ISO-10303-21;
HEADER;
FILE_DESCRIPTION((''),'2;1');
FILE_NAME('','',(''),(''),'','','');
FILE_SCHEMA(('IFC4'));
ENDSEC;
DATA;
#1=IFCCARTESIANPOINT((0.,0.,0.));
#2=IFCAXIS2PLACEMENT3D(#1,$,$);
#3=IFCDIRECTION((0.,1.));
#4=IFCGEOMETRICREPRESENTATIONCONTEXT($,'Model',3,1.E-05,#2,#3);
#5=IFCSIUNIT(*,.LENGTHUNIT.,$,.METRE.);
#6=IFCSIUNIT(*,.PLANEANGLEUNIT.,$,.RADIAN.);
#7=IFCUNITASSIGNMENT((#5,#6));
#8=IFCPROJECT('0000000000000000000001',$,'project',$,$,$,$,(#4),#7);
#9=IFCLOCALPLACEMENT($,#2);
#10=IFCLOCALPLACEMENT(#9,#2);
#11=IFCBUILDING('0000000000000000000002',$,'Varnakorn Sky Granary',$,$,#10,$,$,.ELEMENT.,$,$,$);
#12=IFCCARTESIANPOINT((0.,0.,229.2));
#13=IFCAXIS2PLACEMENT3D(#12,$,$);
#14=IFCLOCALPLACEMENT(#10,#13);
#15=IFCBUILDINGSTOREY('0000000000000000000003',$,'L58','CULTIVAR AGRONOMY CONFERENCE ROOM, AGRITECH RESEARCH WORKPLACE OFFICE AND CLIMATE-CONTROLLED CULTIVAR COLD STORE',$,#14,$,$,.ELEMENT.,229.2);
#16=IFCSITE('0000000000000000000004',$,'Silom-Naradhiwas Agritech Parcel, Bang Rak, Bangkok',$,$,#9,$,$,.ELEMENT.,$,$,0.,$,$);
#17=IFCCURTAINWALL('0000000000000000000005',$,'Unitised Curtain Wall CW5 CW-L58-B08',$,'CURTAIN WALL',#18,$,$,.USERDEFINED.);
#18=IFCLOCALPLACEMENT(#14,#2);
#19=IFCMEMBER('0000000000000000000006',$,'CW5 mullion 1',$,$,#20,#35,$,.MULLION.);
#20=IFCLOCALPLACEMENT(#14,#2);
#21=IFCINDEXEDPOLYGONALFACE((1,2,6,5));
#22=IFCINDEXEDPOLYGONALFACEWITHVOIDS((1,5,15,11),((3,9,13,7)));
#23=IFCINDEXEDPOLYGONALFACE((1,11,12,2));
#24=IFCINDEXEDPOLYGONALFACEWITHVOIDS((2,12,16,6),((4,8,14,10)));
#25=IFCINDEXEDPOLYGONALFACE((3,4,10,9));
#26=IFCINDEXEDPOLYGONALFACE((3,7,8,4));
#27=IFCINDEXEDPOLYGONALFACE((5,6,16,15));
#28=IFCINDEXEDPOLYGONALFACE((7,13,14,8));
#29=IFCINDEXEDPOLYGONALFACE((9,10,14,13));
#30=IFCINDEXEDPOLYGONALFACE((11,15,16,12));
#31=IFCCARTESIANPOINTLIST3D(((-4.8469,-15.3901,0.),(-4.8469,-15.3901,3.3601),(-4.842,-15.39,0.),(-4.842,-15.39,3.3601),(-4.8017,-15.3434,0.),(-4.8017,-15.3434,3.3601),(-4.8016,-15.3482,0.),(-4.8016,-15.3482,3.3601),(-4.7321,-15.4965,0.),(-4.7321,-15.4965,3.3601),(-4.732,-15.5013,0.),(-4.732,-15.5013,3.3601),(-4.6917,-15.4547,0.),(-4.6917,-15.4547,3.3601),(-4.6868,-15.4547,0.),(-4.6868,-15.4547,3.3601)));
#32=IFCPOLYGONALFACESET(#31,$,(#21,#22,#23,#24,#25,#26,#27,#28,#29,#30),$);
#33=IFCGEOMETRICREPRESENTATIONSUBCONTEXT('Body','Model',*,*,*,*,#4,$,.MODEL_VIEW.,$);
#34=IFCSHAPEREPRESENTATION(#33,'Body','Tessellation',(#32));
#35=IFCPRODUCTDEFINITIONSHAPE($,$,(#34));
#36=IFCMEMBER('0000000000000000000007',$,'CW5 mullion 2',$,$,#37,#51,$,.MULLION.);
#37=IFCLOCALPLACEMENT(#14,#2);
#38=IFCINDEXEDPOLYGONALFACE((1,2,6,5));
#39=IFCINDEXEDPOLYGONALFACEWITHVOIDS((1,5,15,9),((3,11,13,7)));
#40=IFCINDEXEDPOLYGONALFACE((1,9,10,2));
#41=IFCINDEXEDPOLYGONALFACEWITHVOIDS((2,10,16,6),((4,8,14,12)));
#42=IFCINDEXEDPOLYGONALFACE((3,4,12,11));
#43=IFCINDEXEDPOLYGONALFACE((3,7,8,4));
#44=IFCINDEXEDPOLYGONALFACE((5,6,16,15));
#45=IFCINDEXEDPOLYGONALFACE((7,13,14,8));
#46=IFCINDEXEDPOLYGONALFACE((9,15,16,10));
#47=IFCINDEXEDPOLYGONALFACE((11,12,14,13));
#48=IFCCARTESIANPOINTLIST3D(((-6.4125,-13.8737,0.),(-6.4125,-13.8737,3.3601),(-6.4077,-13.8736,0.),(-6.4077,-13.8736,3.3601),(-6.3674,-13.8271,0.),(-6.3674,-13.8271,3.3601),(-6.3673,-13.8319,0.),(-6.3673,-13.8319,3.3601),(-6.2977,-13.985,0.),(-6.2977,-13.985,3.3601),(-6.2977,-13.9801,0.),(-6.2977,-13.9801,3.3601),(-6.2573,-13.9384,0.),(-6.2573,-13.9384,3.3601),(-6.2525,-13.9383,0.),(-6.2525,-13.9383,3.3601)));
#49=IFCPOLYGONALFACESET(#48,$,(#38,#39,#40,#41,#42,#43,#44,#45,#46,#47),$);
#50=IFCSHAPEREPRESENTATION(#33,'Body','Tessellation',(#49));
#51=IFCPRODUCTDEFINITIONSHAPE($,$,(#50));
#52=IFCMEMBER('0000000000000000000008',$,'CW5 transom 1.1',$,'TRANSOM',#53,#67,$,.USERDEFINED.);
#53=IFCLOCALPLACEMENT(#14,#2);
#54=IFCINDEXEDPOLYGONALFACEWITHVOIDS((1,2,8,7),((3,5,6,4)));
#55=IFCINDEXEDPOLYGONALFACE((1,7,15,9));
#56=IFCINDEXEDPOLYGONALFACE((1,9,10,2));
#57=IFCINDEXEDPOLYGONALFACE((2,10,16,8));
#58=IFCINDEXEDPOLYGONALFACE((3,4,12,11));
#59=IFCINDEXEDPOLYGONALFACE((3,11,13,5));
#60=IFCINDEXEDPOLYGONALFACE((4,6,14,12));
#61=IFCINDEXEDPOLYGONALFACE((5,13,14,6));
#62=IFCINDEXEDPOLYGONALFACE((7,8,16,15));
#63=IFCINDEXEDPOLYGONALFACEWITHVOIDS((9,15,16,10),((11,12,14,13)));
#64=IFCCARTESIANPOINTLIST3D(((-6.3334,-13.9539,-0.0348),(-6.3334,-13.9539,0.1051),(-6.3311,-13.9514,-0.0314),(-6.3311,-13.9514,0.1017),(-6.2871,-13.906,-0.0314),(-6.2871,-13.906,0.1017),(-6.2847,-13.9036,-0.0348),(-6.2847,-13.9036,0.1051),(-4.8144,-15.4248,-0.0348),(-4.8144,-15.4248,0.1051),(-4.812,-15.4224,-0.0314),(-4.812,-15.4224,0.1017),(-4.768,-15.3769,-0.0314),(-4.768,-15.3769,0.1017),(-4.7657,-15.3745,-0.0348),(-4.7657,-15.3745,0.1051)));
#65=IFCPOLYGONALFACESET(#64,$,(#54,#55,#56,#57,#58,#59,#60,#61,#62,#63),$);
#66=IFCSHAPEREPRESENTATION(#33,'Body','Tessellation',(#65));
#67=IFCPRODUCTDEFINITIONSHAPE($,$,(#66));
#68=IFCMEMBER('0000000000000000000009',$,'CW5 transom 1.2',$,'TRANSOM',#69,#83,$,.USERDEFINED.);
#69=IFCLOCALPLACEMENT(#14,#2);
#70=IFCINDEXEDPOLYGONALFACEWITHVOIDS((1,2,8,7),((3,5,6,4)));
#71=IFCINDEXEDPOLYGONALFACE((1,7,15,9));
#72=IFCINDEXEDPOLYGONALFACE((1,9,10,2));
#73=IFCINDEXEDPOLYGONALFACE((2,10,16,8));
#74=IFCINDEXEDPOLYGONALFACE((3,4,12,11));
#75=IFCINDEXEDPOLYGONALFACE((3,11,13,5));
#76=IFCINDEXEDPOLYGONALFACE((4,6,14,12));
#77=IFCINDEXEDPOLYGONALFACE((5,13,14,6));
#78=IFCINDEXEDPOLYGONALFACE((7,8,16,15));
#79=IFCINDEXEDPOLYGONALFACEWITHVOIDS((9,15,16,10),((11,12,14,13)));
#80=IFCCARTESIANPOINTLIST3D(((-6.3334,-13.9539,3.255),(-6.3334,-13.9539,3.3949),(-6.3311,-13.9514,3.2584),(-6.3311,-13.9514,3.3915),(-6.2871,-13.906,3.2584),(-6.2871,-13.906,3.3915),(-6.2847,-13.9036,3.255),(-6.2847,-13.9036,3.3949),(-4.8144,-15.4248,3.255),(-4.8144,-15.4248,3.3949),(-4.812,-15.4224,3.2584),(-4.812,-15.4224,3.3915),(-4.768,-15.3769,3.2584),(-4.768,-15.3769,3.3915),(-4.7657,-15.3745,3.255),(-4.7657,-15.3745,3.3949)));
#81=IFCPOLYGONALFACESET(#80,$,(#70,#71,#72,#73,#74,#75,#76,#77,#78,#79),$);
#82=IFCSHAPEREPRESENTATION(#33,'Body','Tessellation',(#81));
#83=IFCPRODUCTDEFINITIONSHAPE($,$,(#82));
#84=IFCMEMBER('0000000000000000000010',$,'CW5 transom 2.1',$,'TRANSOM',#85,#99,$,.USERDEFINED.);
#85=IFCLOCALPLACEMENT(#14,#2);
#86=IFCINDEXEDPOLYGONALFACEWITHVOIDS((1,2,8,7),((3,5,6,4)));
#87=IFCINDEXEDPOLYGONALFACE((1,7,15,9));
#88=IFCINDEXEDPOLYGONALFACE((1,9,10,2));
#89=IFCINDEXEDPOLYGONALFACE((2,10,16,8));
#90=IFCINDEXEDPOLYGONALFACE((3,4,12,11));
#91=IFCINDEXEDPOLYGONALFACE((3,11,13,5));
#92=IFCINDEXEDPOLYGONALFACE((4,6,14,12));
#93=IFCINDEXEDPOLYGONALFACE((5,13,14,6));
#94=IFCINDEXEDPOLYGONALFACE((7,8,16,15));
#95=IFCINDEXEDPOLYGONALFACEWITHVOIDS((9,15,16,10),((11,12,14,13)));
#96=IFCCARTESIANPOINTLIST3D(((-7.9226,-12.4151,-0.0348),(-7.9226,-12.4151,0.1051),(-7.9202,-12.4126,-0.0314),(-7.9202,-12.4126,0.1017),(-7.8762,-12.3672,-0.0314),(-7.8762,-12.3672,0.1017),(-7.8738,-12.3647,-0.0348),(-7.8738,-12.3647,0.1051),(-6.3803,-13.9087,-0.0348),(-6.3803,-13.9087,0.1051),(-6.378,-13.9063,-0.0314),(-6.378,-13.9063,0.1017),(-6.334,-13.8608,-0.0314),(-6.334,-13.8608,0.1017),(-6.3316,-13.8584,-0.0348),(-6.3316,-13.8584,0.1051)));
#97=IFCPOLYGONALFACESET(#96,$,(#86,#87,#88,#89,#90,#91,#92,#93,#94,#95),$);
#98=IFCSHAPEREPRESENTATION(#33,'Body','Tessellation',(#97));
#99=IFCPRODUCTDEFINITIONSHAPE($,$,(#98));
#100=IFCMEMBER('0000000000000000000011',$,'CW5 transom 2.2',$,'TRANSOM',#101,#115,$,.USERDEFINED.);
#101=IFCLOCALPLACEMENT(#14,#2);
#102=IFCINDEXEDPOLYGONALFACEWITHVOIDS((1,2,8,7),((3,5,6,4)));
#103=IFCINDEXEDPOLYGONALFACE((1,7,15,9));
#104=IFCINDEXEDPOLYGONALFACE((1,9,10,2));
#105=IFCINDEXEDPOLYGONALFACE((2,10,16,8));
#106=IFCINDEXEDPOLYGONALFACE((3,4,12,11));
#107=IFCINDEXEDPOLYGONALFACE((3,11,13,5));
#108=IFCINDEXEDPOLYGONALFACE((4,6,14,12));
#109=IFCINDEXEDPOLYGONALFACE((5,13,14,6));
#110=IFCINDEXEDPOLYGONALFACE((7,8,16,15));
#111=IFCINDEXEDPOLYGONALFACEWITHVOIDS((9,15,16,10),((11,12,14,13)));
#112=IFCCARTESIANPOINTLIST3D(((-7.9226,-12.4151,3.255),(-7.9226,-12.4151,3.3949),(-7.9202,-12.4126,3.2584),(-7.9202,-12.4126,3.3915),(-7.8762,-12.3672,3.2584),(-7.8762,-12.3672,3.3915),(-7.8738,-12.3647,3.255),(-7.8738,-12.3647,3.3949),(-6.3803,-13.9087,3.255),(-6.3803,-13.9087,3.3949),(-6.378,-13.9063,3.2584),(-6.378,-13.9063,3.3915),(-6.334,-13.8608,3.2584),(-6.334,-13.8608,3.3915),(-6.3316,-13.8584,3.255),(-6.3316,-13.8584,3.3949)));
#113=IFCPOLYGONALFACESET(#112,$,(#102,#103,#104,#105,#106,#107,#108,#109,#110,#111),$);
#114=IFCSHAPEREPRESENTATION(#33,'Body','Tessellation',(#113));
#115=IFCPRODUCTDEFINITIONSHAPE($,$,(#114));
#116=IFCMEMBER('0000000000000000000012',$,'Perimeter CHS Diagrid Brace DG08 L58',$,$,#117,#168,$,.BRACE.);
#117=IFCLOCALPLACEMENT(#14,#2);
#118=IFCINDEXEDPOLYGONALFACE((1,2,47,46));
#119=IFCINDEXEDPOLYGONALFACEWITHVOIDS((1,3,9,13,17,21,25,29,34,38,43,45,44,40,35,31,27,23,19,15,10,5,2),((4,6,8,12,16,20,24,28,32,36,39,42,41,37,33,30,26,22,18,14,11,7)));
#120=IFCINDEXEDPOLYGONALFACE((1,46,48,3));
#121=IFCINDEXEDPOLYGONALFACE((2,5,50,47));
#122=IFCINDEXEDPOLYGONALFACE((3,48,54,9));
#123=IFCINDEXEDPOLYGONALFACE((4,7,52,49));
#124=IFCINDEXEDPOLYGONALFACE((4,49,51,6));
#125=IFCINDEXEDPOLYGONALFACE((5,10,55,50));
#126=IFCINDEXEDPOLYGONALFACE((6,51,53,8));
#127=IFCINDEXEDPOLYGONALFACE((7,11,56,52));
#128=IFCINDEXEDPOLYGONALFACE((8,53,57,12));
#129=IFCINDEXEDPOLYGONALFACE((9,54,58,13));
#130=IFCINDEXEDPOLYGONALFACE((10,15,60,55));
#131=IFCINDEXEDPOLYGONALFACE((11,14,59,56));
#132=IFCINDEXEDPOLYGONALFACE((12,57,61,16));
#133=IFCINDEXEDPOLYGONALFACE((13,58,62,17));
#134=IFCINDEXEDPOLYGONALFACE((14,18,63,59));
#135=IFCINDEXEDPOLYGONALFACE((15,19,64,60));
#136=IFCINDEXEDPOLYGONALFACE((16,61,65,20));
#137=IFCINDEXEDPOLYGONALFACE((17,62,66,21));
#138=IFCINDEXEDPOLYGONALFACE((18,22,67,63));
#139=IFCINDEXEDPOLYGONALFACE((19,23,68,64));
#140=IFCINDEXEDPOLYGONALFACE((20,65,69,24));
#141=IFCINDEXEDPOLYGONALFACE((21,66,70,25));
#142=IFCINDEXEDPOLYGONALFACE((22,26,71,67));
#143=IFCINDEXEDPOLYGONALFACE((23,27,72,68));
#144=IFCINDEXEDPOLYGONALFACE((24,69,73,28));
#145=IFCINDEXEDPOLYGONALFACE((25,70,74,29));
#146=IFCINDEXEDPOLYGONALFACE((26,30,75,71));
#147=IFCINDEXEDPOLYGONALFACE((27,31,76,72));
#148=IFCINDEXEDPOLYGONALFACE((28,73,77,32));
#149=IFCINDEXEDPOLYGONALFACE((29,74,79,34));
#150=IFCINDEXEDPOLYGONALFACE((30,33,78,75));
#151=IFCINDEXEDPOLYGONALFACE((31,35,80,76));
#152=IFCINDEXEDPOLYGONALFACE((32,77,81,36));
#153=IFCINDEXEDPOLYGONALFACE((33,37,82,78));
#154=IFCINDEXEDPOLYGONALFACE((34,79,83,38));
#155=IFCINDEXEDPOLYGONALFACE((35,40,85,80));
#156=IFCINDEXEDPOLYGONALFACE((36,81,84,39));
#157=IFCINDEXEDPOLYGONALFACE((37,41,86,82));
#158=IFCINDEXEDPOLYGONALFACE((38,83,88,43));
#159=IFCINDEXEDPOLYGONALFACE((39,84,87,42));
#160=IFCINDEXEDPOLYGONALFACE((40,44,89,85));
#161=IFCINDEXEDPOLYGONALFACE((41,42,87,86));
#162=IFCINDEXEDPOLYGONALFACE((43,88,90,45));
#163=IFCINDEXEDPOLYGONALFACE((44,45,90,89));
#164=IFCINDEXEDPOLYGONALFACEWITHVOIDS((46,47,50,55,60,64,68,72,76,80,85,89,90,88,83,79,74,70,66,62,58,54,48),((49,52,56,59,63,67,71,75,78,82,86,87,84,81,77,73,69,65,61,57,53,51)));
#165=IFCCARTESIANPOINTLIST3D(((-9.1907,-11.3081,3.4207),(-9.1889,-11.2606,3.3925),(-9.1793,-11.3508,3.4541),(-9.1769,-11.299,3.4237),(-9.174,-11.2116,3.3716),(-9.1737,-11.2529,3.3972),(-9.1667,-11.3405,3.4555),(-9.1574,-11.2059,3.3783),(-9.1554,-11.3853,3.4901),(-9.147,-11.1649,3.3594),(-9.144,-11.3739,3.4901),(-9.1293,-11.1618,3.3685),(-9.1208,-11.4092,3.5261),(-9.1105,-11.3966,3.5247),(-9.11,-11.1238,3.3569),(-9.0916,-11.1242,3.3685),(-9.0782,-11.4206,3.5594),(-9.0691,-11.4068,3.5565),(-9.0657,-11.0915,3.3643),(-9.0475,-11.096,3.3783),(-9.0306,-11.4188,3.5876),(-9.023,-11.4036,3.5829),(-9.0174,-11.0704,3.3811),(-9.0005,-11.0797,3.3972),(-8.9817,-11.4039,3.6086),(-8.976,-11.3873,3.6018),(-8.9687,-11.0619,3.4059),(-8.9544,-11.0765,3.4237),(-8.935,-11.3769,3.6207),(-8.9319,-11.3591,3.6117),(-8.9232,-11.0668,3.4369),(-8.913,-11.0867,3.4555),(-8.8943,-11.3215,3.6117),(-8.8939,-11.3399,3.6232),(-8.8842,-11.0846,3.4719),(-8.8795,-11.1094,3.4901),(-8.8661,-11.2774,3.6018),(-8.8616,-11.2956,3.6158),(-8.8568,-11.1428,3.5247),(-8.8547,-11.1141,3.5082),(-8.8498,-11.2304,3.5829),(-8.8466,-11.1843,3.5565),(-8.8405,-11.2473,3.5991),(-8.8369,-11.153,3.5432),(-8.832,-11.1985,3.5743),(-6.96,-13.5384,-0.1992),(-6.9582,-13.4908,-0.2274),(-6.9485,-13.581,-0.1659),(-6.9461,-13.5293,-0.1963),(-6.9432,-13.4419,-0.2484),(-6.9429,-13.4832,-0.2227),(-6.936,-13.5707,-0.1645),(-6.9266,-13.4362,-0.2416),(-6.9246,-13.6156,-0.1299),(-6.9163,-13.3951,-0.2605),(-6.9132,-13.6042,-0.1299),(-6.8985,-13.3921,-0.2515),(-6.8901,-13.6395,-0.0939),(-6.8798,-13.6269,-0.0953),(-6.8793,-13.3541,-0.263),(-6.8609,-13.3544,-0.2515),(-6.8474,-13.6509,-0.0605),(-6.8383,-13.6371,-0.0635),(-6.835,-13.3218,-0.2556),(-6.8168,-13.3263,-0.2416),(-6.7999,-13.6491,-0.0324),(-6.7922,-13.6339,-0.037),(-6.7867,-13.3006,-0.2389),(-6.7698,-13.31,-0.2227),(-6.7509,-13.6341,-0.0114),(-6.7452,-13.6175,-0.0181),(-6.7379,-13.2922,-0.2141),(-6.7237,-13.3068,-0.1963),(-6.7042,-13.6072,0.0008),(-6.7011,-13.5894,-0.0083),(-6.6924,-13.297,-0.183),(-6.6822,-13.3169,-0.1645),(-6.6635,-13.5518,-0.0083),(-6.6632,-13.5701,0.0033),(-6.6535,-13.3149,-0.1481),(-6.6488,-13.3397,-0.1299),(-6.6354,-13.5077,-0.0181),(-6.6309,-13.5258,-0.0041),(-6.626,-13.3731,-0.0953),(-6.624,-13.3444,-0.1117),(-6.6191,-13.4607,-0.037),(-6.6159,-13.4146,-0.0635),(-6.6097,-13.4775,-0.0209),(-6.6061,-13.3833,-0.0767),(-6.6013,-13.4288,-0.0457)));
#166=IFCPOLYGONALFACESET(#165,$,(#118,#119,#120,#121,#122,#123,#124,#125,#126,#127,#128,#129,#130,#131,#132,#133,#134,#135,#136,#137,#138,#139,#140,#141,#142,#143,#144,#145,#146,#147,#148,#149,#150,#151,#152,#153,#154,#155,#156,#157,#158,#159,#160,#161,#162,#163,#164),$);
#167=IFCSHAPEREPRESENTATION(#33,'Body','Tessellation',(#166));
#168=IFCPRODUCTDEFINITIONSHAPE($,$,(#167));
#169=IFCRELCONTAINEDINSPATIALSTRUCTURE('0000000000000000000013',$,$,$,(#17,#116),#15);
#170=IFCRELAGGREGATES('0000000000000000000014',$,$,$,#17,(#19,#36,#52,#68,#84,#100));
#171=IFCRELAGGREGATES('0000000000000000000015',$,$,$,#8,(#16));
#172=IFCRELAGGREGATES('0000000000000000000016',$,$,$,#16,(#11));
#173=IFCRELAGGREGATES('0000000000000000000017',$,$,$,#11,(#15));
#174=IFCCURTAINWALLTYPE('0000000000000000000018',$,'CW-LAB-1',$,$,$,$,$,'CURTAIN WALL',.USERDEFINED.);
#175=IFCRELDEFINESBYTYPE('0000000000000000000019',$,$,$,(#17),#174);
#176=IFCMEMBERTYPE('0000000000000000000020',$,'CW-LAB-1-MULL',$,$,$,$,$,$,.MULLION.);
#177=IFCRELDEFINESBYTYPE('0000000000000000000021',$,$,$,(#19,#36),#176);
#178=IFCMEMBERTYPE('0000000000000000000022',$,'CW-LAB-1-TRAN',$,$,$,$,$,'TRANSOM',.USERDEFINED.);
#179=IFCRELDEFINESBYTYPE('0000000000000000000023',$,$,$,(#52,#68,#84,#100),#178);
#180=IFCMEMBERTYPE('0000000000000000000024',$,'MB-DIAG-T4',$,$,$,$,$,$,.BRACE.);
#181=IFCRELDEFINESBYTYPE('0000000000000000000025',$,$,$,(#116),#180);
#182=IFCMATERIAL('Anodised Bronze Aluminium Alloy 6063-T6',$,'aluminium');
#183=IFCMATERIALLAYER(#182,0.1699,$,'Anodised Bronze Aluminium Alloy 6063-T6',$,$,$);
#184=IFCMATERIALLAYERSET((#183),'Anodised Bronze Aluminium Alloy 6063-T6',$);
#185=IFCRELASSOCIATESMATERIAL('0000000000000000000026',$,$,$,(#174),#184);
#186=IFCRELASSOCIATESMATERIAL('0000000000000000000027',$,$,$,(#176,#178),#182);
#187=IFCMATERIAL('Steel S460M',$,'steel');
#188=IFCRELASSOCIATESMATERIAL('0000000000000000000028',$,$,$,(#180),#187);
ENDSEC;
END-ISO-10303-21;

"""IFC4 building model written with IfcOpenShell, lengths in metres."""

from ifc_helpers import new_model, si_unit, direction, frame, origin, origin_2d, place, context, subcontext, project, spatial, hollow_rectangle, hollow_circle, extrude, material, layer, layer_set, material_profile, profile_set, type_object, element, aggregate, save


model = new_model("IFC4")

# Units and contexts
model_context = context("Model", 3, precision=1e-05, world=origin(), true_north=direction((0.0, 1.0)))
body_context = subcontext(model_context, "Body", "Model", "MODEL_VIEW")
ifc_project = project(units=[si_unit("LENGTHUNIT", "METRE"), si_unit("PLANEANGLEUNIT", "RADIAN")], contexts=[model_context])

# Site, building, storey
site_placement = place(None, origin())
site = spatial("IfcSite", under=ifc_project, at=site_placement, Name="Silom-Naradhiwas Agritech Parcel, Bang Rak, Bangkok", CompositionType="ELEMENT", RefElevation=0.0)
building_placement = place(site_placement, origin())
building = spatial("IfcBuilding", under=site, at=building_placement, Name="Varnakorn Sky Granary", CompositionType="ELEMENT")
storey_placement = place(building_placement, frame((0.0, 0.0, 229.2)))
storey = spatial("IfcBuildingStorey", under=building, at=storey_placement, Name="L58", Description="CULTIVAR AGRONOMY CONFERENCE ROOM, AGRITECH RESEARCH WORKPLACE OFFICE AND CLIMATE-CONTROLLED CULTIVAR COLD STORE", CompositionType="ELEMENT", Elevation=229.2)

# Shared definitions
ifc_material_1 = material(Name="Steel S460M", Category="steel")

# Curtain wall, members
ifc_material_2 = material(Name="Anodised Bronze Aluminium Alloy 6063-T6", Category="aluminium")
ifc_layer_1 = layer(ifc_material_2, 0.1699, Name="Anodised Bronze Aluminium Alloy 6063-T6")
ifc_layer_set_1 = layer_set([ifc_layer_1], Name="Anodised Bronze Aluminium Alloy 6063-T6")
curtain_wall_type = type_object("IfcCurtainWallType", Name="CW-LAB-1", ElementType="CURTAIN WALL", PredefinedType="USERDEFINED", material=ifc_layer_set_1)
curtain_wall_placement = place(storey_placement, origin())
curtain_wall = element("IfcCurtainWall", 1, at=curtain_wall_placement, inside=storey, type_object=curtain_wall_type, Name="Unitised Curtain Wall CW5 CW-L58-B08", ObjectType="CURTAIN WALL", PredefinedType="USERDEFINED")
ifc_material_profile_1 = material_profile(ifc_material_2, hollow_rectangle(XDim=0.0649, YDim=0.1599, WallThickness=0.0034, at=origin_2d()), Name="ALU MULL 65x160")
ifc_profile_set_1 = profile_set([ifc_material_profile_1], Name="Anodised Bronze Aluminium Alloy 6063-T6")
member_type_1 = type_object("IfcMemberType", Name="CW-LAB-1-MULL", PredefinedType="MULLION", material=ifc_profile_set_1)
member_1_placement = place(storey_placement, frame((-4.7668, -15.4224, 0.0), z_axis=(0.0, 0.0, 1.0), x_axis=(-0.69564, -0.71839, 0.0)))
member_1 = element("IfcMember", 2, at=member_1_placement, type_object=member_type_1, Name="CW5 mullion 1", PredefinedType="MULLION", context=body_context, shape_type="SweptSolid", body=[
    extrude(hollow_rectangle(XDim=0.0649, YDim=0.1599, WallThickness=0.0034, at=origin_2d()), origin(), (0.0, 0.0, 1.0), 3.3601),
])
member_2_placement = place(storey_placement, frame((-6.3325, -13.906, 0.0), z_axis=(0.0, 0.0, 1.0), x_axis=(-0.69564, -0.71839, 0.0)))
member_2 = element("IfcMember", 3, at=member_2_placement, type_object=member_type_1, Name="CW5 mullion 2", PredefinedType="MULLION", context=body_context, shape_type="SweptSolid", body=[
    extrude(hollow_rectangle(XDim=0.0649, YDim=0.1599, WallThickness=0.0034, at=origin_2d()), origin(), (0.0, 0.0, 1.0), 3.3601),
])
ifc_material_profile_2 = material_profile(ifc_material_2, hollow_rectangle(XDim=0.0701, YDim=0.1399, WallThickness=0.0034, at=origin_2d()), Name="ALU TRAN 70x140")
ifc_profile_set_2 = profile_set([ifc_material_profile_2], Name="Anodised Bronze Aluminium Alloy 6063-T6")
member_type_2 = type_object("IfcMemberType", Name="CW-LAB-1-TRAN", ElementType="TRANSOM", PredefinedType="USERDEFINED", material=ifc_profile_set_2)
member_3_placement = place(storey_placement, frame((-4.79, -15.3997, 0.0352), z_axis=(-0.718388, 0.695643, 0.0), x_axis=(-0.695643, -0.718388, 0.0)))
member_3 = element("IfcMember", 4, at=member_3_placement, type_object=member_type_2, Name="CW5 transom 1.1", ObjectType="TRANSOM", PredefinedType="USERDEFINED", context=body_context, shape_type="SweptSolid", body=[
    extrude(hollow_rectangle(XDim=0.0701, YDim=0.1399, WallThickness=0.0034, at=origin_2d()), origin(), (0.0, 0.0, 1.0), 2.1145),
])
member_4_placement = place(storey_placement, frame((-4.79, -15.3997, 3.325), z_axis=(-0.718388, 0.695643, 0.0), x_axis=(-0.695643, -0.718388, 0.0)))
member_4 = element("IfcMember", 5, at=member_4_placement, type_object=member_type_2, Name="CW5 transom 1.2", ObjectType="TRANSOM", PredefinedType="USERDEFINED", context=body_context, shape_type="SweptSolid", body=[
    extrude(hollow_rectangle(XDim=0.0701, YDim=0.1399, WallThickness=0.0034, at=origin_2d()), origin(), (0.0, 0.0, 1.0), 2.1145),
])
member_5_placement = place(storey_placement, frame((-6.356, -13.8835, 0.0352), z_axis=(-0.718331, 0.695702, 0.0), x_axis=(-0.695702, -0.718331, 0.0)))
member_5 = element("IfcMember", 6, at=member_5_placement, type_object=member_type_2, Name="CW5 transom 2.1", ObjectType="TRANSOM", PredefinedType="USERDEFINED", context=body_context, shape_type="SweptSolid", body=[
    extrude(hollow_rectangle(XDim=0.0701, YDim=0.1399, WallThickness=0.0034, at=origin_2d()), origin(), (0.0, 0.0, 1.0), 2.147),
])
member_6_placement = place(storey_placement, frame((-6.356, -13.8835, 3.325), z_axis=(-0.718331, 0.695702, 0.0), x_axis=(-0.695702, -0.718331, 0.0)))
member_6 = element("IfcMember", 7, at=member_6_placement, type_object=member_type_2, Name="CW5 transom 2.2", ObjectType="TRANSOM", PredefinedType="USERDEFINED", context=body_context, shape_type="SweptSolid", body=[
    extrude(hollow_rectangle(XDim=0.0701, YDim=0.1399, WallThickness=0.0034, at=origin_2d()), origin(), (0.0, 0.0, 1.0), 2.147),
])

# Member
ifc_material_profile_3 = material_profile(ifc_material_1, hollow_circle(Radius=0.2031, WallThickness=0.0161, at=origin_2d()), Name="CHS 406.4x16")
ifc_profile_set_3 = profile_set([ifc_material_profile_3], Name="Steel S460M")
member_type_3 = type_object("IfcMemberType", Name="MB-DIAG-T4", PredefinedType="BRACE", material=ifc_profile_set_3)
member_7_placement = place(storey_placement, frame((-6.781, -13.4719, -0.1299), z_axis=(-0.464596, 0.464494, 0.75392), x_axis=(-0.707029, -0.707184, 0.0)))
element("IfcMember", 8, at=member_7_placement, inside=storey, type_object=member_type_3, Name="Perimeter CHS Diagrid Brace DG08 L58", PredefinedType="BRACE", context=body_context, shape_type="SweptSolid", body=[
    extrude(hollow_circle(Radius=0.2031, WallThickness=0.0161, at=origin_2d()), origin(), (0.0, 0.0, 1.0), 4.8015),
])

aggregate(curtain_wall, [member_1, member_2, member_3, member_4, member_5, member_6])

save(model, "model.ifc")
